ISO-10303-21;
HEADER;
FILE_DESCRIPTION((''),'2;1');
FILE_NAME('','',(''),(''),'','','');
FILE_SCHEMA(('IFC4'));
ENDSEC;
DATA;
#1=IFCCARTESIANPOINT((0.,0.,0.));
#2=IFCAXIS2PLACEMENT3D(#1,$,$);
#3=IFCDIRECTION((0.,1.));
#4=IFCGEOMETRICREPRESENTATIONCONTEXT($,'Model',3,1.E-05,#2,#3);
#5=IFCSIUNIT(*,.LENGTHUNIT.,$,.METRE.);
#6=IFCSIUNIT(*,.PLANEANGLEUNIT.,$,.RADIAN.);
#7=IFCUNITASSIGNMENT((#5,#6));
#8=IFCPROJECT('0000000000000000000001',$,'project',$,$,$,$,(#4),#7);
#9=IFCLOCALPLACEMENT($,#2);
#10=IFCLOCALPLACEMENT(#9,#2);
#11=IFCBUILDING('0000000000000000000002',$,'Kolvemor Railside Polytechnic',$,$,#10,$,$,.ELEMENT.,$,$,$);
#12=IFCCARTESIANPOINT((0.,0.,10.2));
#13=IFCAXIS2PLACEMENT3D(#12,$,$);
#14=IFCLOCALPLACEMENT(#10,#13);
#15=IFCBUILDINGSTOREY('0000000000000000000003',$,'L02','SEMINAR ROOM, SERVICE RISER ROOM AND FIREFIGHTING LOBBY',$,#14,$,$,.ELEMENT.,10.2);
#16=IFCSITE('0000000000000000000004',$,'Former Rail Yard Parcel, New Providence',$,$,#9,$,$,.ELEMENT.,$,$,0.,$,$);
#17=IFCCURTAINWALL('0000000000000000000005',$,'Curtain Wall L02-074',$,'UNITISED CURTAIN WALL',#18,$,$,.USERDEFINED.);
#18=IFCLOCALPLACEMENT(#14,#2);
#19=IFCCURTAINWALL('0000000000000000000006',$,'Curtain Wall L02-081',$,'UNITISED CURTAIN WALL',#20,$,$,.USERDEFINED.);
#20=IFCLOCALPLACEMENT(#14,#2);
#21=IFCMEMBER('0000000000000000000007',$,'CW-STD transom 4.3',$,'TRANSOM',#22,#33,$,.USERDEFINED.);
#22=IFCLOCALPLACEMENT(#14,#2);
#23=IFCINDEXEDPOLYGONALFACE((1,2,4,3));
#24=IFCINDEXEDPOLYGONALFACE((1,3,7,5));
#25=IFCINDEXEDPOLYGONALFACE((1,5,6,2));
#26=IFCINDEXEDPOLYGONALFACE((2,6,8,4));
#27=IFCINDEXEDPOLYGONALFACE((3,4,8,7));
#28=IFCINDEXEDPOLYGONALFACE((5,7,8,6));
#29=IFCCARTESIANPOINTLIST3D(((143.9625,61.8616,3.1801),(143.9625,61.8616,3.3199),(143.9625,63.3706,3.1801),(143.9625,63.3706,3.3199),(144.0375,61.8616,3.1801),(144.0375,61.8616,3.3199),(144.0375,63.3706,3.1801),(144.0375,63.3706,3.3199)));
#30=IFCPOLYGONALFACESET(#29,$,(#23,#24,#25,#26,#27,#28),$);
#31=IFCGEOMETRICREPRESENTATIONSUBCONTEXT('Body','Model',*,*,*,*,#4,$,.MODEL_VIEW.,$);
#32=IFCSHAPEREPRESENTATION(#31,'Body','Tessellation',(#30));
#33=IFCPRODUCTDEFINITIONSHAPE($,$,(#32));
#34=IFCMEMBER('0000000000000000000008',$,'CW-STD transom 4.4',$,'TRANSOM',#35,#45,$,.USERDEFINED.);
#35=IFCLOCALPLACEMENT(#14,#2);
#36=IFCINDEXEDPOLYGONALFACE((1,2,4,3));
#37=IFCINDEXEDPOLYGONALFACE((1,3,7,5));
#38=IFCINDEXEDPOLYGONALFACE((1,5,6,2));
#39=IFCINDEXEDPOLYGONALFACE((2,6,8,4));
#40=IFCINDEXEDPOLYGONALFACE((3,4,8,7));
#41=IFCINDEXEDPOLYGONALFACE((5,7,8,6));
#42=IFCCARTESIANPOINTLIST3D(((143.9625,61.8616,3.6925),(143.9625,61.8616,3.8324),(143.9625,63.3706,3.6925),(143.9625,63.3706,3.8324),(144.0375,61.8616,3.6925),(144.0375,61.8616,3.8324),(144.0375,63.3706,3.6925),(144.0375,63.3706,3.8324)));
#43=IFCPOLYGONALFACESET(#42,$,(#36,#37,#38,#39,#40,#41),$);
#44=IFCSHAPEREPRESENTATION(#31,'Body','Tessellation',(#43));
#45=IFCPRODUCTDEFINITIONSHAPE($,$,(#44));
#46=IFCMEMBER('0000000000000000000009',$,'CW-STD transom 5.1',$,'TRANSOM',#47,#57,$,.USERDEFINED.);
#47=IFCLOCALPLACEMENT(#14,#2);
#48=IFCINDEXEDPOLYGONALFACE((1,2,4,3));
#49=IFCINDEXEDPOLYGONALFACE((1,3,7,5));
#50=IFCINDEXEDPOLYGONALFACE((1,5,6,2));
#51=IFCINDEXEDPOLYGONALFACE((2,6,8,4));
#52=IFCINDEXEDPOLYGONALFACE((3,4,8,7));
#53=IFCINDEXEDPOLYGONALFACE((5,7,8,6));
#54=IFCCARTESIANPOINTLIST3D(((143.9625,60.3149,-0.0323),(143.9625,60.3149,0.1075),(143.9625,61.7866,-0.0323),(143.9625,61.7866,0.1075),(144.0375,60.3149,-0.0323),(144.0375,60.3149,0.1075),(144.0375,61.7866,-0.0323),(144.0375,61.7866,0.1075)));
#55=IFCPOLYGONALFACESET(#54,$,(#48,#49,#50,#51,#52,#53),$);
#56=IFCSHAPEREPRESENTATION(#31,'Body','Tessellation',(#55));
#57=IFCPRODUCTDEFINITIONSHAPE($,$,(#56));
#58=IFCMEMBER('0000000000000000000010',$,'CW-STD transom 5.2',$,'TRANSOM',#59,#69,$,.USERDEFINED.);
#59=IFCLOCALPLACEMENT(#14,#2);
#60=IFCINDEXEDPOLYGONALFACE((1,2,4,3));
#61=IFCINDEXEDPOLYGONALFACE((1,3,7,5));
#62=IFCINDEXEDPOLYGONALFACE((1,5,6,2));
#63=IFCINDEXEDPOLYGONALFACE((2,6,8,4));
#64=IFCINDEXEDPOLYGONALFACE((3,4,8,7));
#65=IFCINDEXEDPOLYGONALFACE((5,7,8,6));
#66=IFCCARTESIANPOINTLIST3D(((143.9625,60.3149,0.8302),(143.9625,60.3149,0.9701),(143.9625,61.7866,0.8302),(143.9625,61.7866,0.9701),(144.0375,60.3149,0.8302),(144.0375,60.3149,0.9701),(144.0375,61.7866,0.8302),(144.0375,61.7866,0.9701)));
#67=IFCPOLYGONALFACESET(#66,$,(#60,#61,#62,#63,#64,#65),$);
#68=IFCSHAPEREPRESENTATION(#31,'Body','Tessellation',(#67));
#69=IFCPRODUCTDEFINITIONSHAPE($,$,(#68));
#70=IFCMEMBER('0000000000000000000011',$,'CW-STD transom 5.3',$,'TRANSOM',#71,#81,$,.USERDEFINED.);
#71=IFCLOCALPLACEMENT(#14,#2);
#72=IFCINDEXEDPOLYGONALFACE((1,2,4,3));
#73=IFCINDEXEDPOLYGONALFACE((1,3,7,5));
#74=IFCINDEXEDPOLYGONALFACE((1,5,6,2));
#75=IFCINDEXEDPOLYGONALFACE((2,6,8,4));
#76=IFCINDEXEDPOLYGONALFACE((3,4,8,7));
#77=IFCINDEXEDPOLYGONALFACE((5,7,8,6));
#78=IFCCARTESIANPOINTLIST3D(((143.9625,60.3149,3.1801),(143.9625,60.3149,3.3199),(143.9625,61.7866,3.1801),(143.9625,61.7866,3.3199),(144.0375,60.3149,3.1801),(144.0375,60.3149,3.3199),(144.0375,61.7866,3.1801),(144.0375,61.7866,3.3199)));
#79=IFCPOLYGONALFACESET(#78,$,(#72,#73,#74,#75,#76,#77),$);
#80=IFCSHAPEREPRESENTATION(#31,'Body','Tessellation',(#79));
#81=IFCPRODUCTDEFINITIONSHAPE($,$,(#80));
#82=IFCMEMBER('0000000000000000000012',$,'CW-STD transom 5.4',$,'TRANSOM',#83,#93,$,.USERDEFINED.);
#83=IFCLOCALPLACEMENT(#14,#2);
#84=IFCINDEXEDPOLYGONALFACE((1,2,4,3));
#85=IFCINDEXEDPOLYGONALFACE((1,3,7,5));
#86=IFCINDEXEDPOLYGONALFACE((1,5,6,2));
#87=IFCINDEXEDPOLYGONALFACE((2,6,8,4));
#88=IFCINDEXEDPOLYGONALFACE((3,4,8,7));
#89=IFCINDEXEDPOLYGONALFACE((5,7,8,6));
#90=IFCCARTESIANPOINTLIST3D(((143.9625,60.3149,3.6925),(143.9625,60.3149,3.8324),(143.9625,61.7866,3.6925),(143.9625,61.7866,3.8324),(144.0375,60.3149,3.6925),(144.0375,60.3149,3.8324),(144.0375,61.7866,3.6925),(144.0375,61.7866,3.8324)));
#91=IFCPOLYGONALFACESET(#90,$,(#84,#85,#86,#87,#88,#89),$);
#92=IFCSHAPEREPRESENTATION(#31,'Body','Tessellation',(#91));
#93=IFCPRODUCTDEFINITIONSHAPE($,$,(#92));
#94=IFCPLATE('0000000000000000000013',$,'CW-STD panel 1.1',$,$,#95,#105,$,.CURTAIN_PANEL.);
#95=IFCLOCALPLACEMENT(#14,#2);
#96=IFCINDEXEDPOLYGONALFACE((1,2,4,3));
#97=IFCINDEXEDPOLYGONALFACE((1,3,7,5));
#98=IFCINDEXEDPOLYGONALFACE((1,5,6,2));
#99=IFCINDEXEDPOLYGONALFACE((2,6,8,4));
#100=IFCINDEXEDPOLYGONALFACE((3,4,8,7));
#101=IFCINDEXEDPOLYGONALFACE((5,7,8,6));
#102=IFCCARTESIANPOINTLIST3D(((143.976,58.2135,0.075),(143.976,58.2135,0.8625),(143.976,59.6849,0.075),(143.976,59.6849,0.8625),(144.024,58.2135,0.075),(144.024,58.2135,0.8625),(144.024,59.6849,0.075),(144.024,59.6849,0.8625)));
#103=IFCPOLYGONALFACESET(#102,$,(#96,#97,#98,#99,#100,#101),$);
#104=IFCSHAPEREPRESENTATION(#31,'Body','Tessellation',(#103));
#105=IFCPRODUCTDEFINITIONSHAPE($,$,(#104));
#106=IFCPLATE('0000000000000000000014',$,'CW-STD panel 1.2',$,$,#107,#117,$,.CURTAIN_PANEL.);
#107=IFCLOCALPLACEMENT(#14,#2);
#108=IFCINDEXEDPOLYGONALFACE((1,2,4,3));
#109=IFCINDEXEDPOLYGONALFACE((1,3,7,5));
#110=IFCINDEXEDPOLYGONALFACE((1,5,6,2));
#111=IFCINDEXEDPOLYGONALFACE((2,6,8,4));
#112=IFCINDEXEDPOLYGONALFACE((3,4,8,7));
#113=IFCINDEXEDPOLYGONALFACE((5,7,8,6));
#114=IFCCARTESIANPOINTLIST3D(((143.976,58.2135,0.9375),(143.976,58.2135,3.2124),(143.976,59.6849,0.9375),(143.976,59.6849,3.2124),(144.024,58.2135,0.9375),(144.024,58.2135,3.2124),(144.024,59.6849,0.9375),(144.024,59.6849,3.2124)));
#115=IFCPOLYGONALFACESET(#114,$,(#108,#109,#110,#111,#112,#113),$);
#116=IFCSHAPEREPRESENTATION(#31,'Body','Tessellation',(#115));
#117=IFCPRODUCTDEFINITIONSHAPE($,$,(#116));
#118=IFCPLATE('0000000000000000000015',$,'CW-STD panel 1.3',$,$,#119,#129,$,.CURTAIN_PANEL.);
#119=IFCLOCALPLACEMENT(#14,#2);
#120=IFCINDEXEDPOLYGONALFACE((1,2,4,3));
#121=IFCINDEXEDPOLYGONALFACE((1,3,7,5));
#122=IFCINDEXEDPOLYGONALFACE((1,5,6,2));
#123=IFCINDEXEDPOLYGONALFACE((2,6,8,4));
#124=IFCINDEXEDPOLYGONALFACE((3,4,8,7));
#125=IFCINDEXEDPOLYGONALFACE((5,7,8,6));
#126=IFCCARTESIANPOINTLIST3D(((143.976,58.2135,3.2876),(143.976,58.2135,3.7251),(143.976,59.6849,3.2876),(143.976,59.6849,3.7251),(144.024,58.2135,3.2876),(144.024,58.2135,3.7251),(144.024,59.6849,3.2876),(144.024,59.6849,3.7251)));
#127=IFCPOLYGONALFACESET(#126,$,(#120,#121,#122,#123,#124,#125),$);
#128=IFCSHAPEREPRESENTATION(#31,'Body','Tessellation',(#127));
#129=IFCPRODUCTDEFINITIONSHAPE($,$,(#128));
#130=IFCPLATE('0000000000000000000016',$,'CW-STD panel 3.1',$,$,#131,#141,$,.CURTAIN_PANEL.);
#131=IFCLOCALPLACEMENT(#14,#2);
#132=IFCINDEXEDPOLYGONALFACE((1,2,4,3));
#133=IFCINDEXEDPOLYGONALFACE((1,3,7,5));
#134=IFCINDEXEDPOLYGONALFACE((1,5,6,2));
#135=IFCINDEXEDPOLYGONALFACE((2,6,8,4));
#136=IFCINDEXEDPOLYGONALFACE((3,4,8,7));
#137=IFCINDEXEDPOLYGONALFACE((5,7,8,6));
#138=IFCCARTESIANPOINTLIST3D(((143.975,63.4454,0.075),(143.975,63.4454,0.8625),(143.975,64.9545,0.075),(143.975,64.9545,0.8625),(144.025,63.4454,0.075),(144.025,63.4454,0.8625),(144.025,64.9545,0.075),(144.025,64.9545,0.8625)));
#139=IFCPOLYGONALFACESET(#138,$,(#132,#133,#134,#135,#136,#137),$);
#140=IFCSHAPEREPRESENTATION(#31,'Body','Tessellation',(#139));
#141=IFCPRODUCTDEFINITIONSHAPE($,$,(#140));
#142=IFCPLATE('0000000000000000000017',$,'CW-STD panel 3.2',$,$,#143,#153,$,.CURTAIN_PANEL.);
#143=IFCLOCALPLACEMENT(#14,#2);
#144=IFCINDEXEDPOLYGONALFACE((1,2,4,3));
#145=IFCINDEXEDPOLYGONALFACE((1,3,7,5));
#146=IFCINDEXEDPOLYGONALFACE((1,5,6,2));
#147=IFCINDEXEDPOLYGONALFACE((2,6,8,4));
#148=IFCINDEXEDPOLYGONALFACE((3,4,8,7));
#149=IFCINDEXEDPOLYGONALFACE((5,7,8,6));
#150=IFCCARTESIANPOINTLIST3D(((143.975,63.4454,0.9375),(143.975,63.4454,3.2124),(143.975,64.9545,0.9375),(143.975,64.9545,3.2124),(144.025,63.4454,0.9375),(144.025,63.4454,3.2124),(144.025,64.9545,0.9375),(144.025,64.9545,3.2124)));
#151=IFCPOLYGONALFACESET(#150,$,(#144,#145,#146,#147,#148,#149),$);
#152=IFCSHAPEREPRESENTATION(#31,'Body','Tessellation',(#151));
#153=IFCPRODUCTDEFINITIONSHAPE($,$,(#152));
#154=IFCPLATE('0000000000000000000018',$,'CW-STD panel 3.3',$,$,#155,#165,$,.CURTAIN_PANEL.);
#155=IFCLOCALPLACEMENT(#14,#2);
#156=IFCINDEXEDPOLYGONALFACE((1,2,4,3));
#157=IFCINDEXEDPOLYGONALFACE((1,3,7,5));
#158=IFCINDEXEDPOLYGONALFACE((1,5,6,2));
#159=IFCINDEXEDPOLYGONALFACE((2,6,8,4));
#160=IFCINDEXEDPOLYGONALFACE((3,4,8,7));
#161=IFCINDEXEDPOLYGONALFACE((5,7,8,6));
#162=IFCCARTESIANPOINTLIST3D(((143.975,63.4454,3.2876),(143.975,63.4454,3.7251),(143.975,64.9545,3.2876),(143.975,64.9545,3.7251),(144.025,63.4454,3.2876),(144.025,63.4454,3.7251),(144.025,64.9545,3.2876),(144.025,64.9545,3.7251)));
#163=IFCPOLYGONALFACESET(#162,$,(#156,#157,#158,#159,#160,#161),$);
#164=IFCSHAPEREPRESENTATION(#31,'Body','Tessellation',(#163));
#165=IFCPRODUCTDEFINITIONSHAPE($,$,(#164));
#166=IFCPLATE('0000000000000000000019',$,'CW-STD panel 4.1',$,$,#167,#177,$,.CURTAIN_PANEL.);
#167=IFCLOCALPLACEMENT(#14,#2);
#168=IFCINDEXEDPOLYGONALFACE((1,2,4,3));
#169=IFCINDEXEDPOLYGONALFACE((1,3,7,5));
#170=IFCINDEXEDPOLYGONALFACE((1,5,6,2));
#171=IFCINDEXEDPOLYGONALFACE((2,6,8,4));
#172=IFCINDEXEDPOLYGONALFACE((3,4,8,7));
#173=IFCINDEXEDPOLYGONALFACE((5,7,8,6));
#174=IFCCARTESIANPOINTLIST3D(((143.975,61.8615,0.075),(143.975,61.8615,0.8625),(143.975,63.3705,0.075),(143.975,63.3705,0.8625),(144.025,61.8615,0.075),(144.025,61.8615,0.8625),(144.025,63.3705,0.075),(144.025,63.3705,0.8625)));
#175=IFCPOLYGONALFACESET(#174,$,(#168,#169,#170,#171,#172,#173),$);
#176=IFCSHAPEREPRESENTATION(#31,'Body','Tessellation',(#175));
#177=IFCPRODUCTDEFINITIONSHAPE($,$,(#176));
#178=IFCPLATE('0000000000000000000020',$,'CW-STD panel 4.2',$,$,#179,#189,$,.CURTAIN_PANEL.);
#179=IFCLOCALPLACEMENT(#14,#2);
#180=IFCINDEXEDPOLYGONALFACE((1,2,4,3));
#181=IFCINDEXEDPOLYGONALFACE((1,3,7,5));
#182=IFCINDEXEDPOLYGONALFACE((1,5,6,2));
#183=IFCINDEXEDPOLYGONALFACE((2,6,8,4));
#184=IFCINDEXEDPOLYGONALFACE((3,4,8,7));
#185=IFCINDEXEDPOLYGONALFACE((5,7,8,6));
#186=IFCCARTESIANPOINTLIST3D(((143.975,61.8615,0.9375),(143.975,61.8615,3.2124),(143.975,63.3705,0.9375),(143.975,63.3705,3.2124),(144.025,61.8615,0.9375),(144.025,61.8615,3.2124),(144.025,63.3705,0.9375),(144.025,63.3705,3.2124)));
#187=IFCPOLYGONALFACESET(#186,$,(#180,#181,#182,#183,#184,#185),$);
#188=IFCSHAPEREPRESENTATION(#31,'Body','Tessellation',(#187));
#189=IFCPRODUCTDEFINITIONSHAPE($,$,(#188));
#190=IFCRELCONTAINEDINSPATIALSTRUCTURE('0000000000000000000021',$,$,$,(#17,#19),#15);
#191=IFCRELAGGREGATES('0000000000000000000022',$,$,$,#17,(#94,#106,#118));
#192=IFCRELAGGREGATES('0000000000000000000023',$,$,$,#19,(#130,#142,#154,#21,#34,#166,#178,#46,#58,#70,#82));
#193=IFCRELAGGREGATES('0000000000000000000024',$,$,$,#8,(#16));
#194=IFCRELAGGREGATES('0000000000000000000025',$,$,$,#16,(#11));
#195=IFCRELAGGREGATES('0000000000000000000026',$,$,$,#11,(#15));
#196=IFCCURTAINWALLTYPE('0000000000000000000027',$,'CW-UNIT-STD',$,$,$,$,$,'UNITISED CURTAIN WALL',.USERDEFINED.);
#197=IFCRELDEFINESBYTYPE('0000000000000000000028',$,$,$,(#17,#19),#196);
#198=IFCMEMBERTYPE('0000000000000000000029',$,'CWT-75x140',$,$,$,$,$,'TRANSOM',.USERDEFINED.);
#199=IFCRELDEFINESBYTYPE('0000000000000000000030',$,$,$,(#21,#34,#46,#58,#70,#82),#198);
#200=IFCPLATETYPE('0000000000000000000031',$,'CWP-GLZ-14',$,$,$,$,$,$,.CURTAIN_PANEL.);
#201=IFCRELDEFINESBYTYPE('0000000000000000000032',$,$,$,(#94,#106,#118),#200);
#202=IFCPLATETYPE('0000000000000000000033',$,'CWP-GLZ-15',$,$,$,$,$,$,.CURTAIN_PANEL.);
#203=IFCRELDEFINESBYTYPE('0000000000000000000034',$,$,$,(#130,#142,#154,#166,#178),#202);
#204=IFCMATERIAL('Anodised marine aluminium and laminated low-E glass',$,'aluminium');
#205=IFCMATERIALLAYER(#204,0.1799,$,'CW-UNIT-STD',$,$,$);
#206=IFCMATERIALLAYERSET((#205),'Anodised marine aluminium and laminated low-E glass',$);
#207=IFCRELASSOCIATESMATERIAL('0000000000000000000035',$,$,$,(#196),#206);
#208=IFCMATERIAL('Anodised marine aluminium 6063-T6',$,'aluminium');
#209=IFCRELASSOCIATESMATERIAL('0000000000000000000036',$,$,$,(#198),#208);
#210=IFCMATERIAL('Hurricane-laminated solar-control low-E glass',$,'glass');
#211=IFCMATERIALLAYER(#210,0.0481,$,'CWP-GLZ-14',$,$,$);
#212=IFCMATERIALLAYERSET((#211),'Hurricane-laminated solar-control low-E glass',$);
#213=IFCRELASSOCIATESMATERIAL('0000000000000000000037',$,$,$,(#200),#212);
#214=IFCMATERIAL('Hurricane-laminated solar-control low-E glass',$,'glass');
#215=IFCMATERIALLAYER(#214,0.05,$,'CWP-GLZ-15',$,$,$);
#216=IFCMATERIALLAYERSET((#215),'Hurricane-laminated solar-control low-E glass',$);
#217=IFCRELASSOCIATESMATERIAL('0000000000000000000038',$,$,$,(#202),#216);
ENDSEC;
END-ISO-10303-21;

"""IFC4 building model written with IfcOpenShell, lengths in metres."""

from ifc_helpers import new_model, si_unit, direction, frame, origin, origin_2d, place, context, subcontext, project, spatial, rectangle, extrude, material, layer, layer_set, material_profile, profile_set, type_object, element, aggregate, save


model = new_model("IFC4")

# Units and contexts
model_context = context("Model", 3, precision=1e-05, world=origin(), true_north=direction((0.0, 1.0)))
body_context = subcontext(model_context, "Body", "Model", "MODEL_VIEW")
ifc_project = project(units=[si_unit("LENGTHUNIT", "METRE"), si_unit("PLANEANGLEUNIT", "RADIAN")], contexts=[model_context])

# Site, building, storey
site_placement = place(None, origin())
site = spatial("IfcSite", under=ifc_project, at=site_placement, Name="Former Rail Yard Parcel, New Providence", CompositionType="ELEMENT", RefElevation=0.0)
building_placement = place(site_placement, origin())
building = spatial("IfcBuilding", under=site, at=building_placement, Name="Kolvemor Railside Polytechnic", CompositionType="ELEMENT")
storey_placement = place(building_placement, frame((0.0, 0.0, 10.2)))
storey = spatial("IfcBuildingStorey", under=building, at=storey_placement, Name="L02", Description="SEMINAR ROOM, SERVICE RISER ROOM AND FIREFIGHTING LOBBY", CompositionType="ELEMENT", Elevation=10.2)

# Curtain wall
ifc_material_1 = material(Name="Anodised marine aluminium and laminated low-E glass", Category="aluminium")
ifc_layer_1 = layer(ifc_material_1, 0.1799, Name="CW-UNIT-STD")
ifc_layer_set_1 = layer_set([ifc_layer_1], Name="Anodised marine aluminium and laminated low-E glass")
curtain_wall_type = type_object("IfcCurtainWallType", Name="CW-UNIT-STD", ElementType="UNITISED CURTAIN WALL", PredefinedType="USERDEFINED", material=ifc_layer_set_1)
curtain_wall_1_placement = place(storey_placement, origin())
curtain_wall_1 = element("IfcCurtainWall", 1, at=curtain_wall_1_placement, inside=storey, type_object=curtain_wall_type, Name="Curtain Wall L02-074", ObjectType="UNITISED CURTAIN WALL", PredefinedType="USERDEFINED")

# Curtain wall
curtain_wall_2_placement = place(storey_placement, origin())
curtain_wall_2 = element("IfcCurtainWall", 2, at=curtain_wall_2_placement, inside=storey, type_object=curtain_wall_type, Name="Curtain Wall L02-081", ObjectType="UNITISED CURTAIN WALL", PredefinedType="USERDEFINED")

# Members
ifc_material_2 = material(Name="Anodised marine aluminium 6063-T6", Category="aluminium")
ifc_material_profile_1 = material_profile(ifc_material_2, rectangle(XDim=0.075, YDim=0.1399, at=origin_2d()), Name="CW-TRN-75x140")
ifc_profile_set_1 = profile_set([ifc_material_profile_1], Name="Anodised marine aluminium 6063-T6")
member_type_1 = type_object("IfcMemberType", Name="CWT-75x140", ElementType="TRANSOM", PredefinedType="USERDEFINED", material=ifc_profile_set_1)
member_1_placement = place(storey_placement, frame((144.0, 63.3706, 3.25), z_axis=(0.0, -1.0, 0.0), x_axis=(1.0, 0.0, 0.0)))
member_1 = element("IfcMember", 3, at=member_1_placement, type_object=member_type_1, Name="CW-STD transom 4.3", ObjectType="TRANSOM", PredefinedType="USERDEFINED", context=body_context, shape_type="SweptSolid", body=[
    extrude(rectangle(XDim=0.075, YDim=0.1399, at=origin_2d()), origin(), (0.0, 0.0, 1.0), 1.509),
])
member_2_placement = place(storey_placement, frame((144.0, 63.3706, 3.7625), z_axis=(0.0, -1.0, 0.0), x_axis=(1.0, 0.0, 0.0)))
member_2 = element("IfcMember", 4, at=member_2_placement, type_object=member_type_1, Name="CW-STD transom 4.4", ObjectType="TRANSOM", PredefinedType="USERDEFINED", context=body_context, shape_type="SweptSolid", body=[
    extrude(rectangle(XDim=0.075, YDim=0.1399, at=origin_2d()), origin(), (0.0, 0.0, 1.0), 1.509),
])
member_3_placement = place(storey_placement, frame((144.0, 61.7866, 0.0376), z_axis=(0.0, -1.0, 0.0), x_axis=(1.0, 0.0, 0.0)))
member_3 = element("IfcMember", 5, at=member_3_placement, type_object=member_type_1, Name="CW-STD transom 5.1", ObjectType="TRANSOM", PredefinedType="USERDEFINED", context=body_context, shape_type="SweptSolid", body=[
    extrude(rectangle(XDim=0.075, YDim=0.1399, at=origin_2d()), origin(), (0.0, 0.0, 1.0), 1.4717),
])
member_4_placement = place(storey_placement, frame((144.0, 61.7866, 0.9001), z_axis=(0.0, -1.0, 0.0), x_axis=(1.0, 0.0, 0.0)))
member_4 = element("IfcMember", 6, at=member_4_placement, type_object=member_type_1, Name="CW-STD transom 5.2", ObjectType="TRANSOM", PredefinedType="USERDEFINED", context=body_context, shape_type="SweptSolid", body=[
    extrude(rectangle(XDim=0.075, YDim=0.1399, at=origin_2d()), origin(), (0.0, 0.0, 1.0), 1.4717),
])
member_5_placement = place(storey_placement, frame((144.0, 61.7866, 3.25), z_axis=(0.0, -1.0, 0.0), x_axis=(1.0, 0.0, 0.0)))
member_5 = element("IfcMember", 7, at=member_5_placement, type_object=member_type_1, Name="CW-STD transom 5.3", ObjectType="TRANSOM", PredefinedType="USERDEFINED", context=body_context, shape_type="SweptSolid", body=[
    extrude(rectangle(XDim=0.075, YDim=0.1399, at=origin_2d()), origin(), (0.0, 0.0, 1.0), 1.4717),
])
member_6_placement = place(storey_placement, frame((144.0, 61.7866, 3.7625), z_axis=(0.0, -1.0, 0.0), x_axis=(1.0, 0.0, 0.0)))
member_6 = element("IfcMember", 8, at=member_6_placement, type_object=member_type_1, Name="CW-STD transom 5.4", ObjectType="TRANSOM", PredefinedType="USERDEFINED", context=body_context, shape_type="SweptSolid", body=[
    extrude(rectangle(XDim=0.075, YDim=0.1399, at=origin_2d()), origin(), (0.0, 0.0, 1.0), 1.4717),
])

# Plates
ifc_material_3 = material(Name="Hurricane-laminated solar-control low-E glass", Category="glass")
ifc_layer_2 = layer(ifc_material_3, 0.0481, Name="CWP-GLZ-14")
ifc_layer_set_2 = layer_set([ifc_layer_2], Name="Hurricane-laminated solar-control low-E glass")
plate_type_1 = type_object("IfcPlateType", Name="CWP-GLZ-14", PredefinedType="CURTAIN_PANEL", material=ifc_layer_set_2)
plate_1_placement = place(storey_placement, frame((144.0, 58.9492, 0.075), z_axis=(0.0, 0.0, 1.0), x_axis=(0.0, -1.0, 0.0)))
plate_1 = element("IfcPlate", 9, at=plate_1_placement, type_object=plate_type_1, Name="CW-STD panel 1.1", PredefinedType="CURTAIN_PANEL", context=body_context, shape_type="SweptSolid", body=[
    extrude(rectangle(XDim=1.4714, YDim=0.0481, at=origin_2d()), origin(), (0.0, 0.0, 1.0), 0.7876),
])
plate_2_placement = place(storey_placement, frame((144.0, 58.9492, 0.9375), z_axis=(0.0, 0.0, 1.0), x_axis=(0.0, -1.0, 0.0)))
plate_2 = element("IfcPlate", 10, at=plate_2_placement, type_object=plate_type_1, Name="CW-STD panel 1.2", PredefinedType="CURTAIN_PANEL", context=body_context, shape_type="SweptSolid", body=[
    extrude(rectangle(XDim=1.4714, YDim=0.0481, at=origin_2d()), origin(), (0.0, 0.0, 1.0), 2.2749),
])
plate_3_placement = place(storey_placement, frame((144.0, 58.9492, 3.2876), z_axis=(0.0, 0.0, 1.0), x_axis=(0.0, -1.0, 0.0)))
plate_3 = element("IfcPlate", 11, at=plate_3_placement, type_object=plate_type_1, Name="CW-STD panel 1.3", PredefinedType="CURTAIN_PANEL", context=body_context, shape_type="SweptSolid", body=[
    extrude(rectangle(XDim=1.4714, YDim=0.0481, at=origin_2d()), origin(), (0.0, 0.0, 1.0), 0.4375),
])
aggregate(curtain_wall_1, [plate_1, plate_2, plate_3])
ifc_material_4 = material(Name="Hurricane-laminated solar-control low-E glass", Category="glass")
ifc_layer_3 = layer(ifc_material_4, 0.05, Name="CWP-GLZ-15")
ifc_layer_set_3 = layer_set([ifc_layer_3], Name="Hurricane-laminated solar-control low-E glass")
plate_type_2 = type_object("IfcPlateType", Name="CWP-GLZ-15", PredefinedType="CURTAIN_PANEL", material=ifc_layer_set_3)
plate_4_placement = place(storey_placement, frame((144.0, 64.2, 0.075), z_axis=(0.0, 0.0, 1.0), x_axis=(0.0, -1.0, 0.0)))
plate_4 = element("IfcPlate", 12, at=plate_4_placement, type_object=plate_type_2, Name="CW-STD panel 3.1", PredefinedType="CURTAIN_PANEL", context=body_context, shape_type="SweptSolid", body=[
    extrude(rectangle(XDim=1.509, YDim=0.05, at=origin_2d()), origin(), (0.0, 0.0, 1.0), 0.7876),
])
plate_5_placement = place(storey_placement, frame((144.0, 64.2, 0.9375), z_axis=(0.0, 0.0, 1.0), x_axis=(0.0, -1.0, 0.0)))
plate_5 = element("IfcPlate", 13, at=plate_5_placement, type_object=plate_type_2, Name="CW-STD panel 3.2", PredefinedType="CURTAIN_PANEL", context=body_context, shape_type="SweptSolid", body=[
    extrude(rectangle(XDim=1.509, YDim=0.05, at=origin_2d()), origin(), (0.0, 0.0, 1.0), 2.2749),
])
plate_6_placement = place(storey_placement, frame((144.0, 64.2, 3.2876), z_axis=(0.0, 0.0, 1.0), x_axis=(0.0, -1.0, 0.0)))
plate_6 = element("IfcPlate", 14, at=plate_6_placement, type_object=plate_type_2, Name="CW-STD panel 3.3", PredefinedType="CURTAIN_PANEL", context=body_context, shape_type="SweptSolid", body=[
    extrude(rectangle(XDim=1.509, YDim=0.05, at=origin_2d()), origin(), (0.0, 0.0, 1.0), 0.4375),
])
plate_7_placement = place(storey_placement, frame((144.0, 62.616, 0.075), z_axis=(0.0, 0.0, 1.0), x_axis=(0.0, -1.0, 0.0)))
plate_7 = element("IfcPlate", 15, at=plate_7_placement, type_object=plate_type_2, Name="CW-STD panel 4.1", PredefinedType="CURTAIN_PANEL", context=body_context, shape_type="SweptSolid", body=[
    extrude(rectangle(XDim=1.509, YDim=0.05, at=origin_2d()), origin(), (0.0, 0.0, 1.0), 0.7876),
])
plate_8_placement = place(storey_placement, frame((144.0, 62.616, 0.9375), z_axis=(0.0, 0.0, 1.0), x_axis=(0.0, -1.0, 0.0)))
plate_8 = element("IfcPlate", 16, at=plate_8_placement, type_object=plate_type_2, Name="CW-STD panel 4.2", PredefinedType="CURTAIN_PANEL", context=body_context, shape_type="SweptSolid", body=[
    extrude(rectangle(XDim=1.509, YDim=0.05, at=origin_2d()), origin(), (0.0, 0.0, 1.0), 2.2749),
])
aggregate(curtain_wall_2, [plate_4, plate_5, plate_6, member_1, member_2, plate_7, plate_8, member_3, member_4, member_5, member_6])

save(model, "model.ifc")
